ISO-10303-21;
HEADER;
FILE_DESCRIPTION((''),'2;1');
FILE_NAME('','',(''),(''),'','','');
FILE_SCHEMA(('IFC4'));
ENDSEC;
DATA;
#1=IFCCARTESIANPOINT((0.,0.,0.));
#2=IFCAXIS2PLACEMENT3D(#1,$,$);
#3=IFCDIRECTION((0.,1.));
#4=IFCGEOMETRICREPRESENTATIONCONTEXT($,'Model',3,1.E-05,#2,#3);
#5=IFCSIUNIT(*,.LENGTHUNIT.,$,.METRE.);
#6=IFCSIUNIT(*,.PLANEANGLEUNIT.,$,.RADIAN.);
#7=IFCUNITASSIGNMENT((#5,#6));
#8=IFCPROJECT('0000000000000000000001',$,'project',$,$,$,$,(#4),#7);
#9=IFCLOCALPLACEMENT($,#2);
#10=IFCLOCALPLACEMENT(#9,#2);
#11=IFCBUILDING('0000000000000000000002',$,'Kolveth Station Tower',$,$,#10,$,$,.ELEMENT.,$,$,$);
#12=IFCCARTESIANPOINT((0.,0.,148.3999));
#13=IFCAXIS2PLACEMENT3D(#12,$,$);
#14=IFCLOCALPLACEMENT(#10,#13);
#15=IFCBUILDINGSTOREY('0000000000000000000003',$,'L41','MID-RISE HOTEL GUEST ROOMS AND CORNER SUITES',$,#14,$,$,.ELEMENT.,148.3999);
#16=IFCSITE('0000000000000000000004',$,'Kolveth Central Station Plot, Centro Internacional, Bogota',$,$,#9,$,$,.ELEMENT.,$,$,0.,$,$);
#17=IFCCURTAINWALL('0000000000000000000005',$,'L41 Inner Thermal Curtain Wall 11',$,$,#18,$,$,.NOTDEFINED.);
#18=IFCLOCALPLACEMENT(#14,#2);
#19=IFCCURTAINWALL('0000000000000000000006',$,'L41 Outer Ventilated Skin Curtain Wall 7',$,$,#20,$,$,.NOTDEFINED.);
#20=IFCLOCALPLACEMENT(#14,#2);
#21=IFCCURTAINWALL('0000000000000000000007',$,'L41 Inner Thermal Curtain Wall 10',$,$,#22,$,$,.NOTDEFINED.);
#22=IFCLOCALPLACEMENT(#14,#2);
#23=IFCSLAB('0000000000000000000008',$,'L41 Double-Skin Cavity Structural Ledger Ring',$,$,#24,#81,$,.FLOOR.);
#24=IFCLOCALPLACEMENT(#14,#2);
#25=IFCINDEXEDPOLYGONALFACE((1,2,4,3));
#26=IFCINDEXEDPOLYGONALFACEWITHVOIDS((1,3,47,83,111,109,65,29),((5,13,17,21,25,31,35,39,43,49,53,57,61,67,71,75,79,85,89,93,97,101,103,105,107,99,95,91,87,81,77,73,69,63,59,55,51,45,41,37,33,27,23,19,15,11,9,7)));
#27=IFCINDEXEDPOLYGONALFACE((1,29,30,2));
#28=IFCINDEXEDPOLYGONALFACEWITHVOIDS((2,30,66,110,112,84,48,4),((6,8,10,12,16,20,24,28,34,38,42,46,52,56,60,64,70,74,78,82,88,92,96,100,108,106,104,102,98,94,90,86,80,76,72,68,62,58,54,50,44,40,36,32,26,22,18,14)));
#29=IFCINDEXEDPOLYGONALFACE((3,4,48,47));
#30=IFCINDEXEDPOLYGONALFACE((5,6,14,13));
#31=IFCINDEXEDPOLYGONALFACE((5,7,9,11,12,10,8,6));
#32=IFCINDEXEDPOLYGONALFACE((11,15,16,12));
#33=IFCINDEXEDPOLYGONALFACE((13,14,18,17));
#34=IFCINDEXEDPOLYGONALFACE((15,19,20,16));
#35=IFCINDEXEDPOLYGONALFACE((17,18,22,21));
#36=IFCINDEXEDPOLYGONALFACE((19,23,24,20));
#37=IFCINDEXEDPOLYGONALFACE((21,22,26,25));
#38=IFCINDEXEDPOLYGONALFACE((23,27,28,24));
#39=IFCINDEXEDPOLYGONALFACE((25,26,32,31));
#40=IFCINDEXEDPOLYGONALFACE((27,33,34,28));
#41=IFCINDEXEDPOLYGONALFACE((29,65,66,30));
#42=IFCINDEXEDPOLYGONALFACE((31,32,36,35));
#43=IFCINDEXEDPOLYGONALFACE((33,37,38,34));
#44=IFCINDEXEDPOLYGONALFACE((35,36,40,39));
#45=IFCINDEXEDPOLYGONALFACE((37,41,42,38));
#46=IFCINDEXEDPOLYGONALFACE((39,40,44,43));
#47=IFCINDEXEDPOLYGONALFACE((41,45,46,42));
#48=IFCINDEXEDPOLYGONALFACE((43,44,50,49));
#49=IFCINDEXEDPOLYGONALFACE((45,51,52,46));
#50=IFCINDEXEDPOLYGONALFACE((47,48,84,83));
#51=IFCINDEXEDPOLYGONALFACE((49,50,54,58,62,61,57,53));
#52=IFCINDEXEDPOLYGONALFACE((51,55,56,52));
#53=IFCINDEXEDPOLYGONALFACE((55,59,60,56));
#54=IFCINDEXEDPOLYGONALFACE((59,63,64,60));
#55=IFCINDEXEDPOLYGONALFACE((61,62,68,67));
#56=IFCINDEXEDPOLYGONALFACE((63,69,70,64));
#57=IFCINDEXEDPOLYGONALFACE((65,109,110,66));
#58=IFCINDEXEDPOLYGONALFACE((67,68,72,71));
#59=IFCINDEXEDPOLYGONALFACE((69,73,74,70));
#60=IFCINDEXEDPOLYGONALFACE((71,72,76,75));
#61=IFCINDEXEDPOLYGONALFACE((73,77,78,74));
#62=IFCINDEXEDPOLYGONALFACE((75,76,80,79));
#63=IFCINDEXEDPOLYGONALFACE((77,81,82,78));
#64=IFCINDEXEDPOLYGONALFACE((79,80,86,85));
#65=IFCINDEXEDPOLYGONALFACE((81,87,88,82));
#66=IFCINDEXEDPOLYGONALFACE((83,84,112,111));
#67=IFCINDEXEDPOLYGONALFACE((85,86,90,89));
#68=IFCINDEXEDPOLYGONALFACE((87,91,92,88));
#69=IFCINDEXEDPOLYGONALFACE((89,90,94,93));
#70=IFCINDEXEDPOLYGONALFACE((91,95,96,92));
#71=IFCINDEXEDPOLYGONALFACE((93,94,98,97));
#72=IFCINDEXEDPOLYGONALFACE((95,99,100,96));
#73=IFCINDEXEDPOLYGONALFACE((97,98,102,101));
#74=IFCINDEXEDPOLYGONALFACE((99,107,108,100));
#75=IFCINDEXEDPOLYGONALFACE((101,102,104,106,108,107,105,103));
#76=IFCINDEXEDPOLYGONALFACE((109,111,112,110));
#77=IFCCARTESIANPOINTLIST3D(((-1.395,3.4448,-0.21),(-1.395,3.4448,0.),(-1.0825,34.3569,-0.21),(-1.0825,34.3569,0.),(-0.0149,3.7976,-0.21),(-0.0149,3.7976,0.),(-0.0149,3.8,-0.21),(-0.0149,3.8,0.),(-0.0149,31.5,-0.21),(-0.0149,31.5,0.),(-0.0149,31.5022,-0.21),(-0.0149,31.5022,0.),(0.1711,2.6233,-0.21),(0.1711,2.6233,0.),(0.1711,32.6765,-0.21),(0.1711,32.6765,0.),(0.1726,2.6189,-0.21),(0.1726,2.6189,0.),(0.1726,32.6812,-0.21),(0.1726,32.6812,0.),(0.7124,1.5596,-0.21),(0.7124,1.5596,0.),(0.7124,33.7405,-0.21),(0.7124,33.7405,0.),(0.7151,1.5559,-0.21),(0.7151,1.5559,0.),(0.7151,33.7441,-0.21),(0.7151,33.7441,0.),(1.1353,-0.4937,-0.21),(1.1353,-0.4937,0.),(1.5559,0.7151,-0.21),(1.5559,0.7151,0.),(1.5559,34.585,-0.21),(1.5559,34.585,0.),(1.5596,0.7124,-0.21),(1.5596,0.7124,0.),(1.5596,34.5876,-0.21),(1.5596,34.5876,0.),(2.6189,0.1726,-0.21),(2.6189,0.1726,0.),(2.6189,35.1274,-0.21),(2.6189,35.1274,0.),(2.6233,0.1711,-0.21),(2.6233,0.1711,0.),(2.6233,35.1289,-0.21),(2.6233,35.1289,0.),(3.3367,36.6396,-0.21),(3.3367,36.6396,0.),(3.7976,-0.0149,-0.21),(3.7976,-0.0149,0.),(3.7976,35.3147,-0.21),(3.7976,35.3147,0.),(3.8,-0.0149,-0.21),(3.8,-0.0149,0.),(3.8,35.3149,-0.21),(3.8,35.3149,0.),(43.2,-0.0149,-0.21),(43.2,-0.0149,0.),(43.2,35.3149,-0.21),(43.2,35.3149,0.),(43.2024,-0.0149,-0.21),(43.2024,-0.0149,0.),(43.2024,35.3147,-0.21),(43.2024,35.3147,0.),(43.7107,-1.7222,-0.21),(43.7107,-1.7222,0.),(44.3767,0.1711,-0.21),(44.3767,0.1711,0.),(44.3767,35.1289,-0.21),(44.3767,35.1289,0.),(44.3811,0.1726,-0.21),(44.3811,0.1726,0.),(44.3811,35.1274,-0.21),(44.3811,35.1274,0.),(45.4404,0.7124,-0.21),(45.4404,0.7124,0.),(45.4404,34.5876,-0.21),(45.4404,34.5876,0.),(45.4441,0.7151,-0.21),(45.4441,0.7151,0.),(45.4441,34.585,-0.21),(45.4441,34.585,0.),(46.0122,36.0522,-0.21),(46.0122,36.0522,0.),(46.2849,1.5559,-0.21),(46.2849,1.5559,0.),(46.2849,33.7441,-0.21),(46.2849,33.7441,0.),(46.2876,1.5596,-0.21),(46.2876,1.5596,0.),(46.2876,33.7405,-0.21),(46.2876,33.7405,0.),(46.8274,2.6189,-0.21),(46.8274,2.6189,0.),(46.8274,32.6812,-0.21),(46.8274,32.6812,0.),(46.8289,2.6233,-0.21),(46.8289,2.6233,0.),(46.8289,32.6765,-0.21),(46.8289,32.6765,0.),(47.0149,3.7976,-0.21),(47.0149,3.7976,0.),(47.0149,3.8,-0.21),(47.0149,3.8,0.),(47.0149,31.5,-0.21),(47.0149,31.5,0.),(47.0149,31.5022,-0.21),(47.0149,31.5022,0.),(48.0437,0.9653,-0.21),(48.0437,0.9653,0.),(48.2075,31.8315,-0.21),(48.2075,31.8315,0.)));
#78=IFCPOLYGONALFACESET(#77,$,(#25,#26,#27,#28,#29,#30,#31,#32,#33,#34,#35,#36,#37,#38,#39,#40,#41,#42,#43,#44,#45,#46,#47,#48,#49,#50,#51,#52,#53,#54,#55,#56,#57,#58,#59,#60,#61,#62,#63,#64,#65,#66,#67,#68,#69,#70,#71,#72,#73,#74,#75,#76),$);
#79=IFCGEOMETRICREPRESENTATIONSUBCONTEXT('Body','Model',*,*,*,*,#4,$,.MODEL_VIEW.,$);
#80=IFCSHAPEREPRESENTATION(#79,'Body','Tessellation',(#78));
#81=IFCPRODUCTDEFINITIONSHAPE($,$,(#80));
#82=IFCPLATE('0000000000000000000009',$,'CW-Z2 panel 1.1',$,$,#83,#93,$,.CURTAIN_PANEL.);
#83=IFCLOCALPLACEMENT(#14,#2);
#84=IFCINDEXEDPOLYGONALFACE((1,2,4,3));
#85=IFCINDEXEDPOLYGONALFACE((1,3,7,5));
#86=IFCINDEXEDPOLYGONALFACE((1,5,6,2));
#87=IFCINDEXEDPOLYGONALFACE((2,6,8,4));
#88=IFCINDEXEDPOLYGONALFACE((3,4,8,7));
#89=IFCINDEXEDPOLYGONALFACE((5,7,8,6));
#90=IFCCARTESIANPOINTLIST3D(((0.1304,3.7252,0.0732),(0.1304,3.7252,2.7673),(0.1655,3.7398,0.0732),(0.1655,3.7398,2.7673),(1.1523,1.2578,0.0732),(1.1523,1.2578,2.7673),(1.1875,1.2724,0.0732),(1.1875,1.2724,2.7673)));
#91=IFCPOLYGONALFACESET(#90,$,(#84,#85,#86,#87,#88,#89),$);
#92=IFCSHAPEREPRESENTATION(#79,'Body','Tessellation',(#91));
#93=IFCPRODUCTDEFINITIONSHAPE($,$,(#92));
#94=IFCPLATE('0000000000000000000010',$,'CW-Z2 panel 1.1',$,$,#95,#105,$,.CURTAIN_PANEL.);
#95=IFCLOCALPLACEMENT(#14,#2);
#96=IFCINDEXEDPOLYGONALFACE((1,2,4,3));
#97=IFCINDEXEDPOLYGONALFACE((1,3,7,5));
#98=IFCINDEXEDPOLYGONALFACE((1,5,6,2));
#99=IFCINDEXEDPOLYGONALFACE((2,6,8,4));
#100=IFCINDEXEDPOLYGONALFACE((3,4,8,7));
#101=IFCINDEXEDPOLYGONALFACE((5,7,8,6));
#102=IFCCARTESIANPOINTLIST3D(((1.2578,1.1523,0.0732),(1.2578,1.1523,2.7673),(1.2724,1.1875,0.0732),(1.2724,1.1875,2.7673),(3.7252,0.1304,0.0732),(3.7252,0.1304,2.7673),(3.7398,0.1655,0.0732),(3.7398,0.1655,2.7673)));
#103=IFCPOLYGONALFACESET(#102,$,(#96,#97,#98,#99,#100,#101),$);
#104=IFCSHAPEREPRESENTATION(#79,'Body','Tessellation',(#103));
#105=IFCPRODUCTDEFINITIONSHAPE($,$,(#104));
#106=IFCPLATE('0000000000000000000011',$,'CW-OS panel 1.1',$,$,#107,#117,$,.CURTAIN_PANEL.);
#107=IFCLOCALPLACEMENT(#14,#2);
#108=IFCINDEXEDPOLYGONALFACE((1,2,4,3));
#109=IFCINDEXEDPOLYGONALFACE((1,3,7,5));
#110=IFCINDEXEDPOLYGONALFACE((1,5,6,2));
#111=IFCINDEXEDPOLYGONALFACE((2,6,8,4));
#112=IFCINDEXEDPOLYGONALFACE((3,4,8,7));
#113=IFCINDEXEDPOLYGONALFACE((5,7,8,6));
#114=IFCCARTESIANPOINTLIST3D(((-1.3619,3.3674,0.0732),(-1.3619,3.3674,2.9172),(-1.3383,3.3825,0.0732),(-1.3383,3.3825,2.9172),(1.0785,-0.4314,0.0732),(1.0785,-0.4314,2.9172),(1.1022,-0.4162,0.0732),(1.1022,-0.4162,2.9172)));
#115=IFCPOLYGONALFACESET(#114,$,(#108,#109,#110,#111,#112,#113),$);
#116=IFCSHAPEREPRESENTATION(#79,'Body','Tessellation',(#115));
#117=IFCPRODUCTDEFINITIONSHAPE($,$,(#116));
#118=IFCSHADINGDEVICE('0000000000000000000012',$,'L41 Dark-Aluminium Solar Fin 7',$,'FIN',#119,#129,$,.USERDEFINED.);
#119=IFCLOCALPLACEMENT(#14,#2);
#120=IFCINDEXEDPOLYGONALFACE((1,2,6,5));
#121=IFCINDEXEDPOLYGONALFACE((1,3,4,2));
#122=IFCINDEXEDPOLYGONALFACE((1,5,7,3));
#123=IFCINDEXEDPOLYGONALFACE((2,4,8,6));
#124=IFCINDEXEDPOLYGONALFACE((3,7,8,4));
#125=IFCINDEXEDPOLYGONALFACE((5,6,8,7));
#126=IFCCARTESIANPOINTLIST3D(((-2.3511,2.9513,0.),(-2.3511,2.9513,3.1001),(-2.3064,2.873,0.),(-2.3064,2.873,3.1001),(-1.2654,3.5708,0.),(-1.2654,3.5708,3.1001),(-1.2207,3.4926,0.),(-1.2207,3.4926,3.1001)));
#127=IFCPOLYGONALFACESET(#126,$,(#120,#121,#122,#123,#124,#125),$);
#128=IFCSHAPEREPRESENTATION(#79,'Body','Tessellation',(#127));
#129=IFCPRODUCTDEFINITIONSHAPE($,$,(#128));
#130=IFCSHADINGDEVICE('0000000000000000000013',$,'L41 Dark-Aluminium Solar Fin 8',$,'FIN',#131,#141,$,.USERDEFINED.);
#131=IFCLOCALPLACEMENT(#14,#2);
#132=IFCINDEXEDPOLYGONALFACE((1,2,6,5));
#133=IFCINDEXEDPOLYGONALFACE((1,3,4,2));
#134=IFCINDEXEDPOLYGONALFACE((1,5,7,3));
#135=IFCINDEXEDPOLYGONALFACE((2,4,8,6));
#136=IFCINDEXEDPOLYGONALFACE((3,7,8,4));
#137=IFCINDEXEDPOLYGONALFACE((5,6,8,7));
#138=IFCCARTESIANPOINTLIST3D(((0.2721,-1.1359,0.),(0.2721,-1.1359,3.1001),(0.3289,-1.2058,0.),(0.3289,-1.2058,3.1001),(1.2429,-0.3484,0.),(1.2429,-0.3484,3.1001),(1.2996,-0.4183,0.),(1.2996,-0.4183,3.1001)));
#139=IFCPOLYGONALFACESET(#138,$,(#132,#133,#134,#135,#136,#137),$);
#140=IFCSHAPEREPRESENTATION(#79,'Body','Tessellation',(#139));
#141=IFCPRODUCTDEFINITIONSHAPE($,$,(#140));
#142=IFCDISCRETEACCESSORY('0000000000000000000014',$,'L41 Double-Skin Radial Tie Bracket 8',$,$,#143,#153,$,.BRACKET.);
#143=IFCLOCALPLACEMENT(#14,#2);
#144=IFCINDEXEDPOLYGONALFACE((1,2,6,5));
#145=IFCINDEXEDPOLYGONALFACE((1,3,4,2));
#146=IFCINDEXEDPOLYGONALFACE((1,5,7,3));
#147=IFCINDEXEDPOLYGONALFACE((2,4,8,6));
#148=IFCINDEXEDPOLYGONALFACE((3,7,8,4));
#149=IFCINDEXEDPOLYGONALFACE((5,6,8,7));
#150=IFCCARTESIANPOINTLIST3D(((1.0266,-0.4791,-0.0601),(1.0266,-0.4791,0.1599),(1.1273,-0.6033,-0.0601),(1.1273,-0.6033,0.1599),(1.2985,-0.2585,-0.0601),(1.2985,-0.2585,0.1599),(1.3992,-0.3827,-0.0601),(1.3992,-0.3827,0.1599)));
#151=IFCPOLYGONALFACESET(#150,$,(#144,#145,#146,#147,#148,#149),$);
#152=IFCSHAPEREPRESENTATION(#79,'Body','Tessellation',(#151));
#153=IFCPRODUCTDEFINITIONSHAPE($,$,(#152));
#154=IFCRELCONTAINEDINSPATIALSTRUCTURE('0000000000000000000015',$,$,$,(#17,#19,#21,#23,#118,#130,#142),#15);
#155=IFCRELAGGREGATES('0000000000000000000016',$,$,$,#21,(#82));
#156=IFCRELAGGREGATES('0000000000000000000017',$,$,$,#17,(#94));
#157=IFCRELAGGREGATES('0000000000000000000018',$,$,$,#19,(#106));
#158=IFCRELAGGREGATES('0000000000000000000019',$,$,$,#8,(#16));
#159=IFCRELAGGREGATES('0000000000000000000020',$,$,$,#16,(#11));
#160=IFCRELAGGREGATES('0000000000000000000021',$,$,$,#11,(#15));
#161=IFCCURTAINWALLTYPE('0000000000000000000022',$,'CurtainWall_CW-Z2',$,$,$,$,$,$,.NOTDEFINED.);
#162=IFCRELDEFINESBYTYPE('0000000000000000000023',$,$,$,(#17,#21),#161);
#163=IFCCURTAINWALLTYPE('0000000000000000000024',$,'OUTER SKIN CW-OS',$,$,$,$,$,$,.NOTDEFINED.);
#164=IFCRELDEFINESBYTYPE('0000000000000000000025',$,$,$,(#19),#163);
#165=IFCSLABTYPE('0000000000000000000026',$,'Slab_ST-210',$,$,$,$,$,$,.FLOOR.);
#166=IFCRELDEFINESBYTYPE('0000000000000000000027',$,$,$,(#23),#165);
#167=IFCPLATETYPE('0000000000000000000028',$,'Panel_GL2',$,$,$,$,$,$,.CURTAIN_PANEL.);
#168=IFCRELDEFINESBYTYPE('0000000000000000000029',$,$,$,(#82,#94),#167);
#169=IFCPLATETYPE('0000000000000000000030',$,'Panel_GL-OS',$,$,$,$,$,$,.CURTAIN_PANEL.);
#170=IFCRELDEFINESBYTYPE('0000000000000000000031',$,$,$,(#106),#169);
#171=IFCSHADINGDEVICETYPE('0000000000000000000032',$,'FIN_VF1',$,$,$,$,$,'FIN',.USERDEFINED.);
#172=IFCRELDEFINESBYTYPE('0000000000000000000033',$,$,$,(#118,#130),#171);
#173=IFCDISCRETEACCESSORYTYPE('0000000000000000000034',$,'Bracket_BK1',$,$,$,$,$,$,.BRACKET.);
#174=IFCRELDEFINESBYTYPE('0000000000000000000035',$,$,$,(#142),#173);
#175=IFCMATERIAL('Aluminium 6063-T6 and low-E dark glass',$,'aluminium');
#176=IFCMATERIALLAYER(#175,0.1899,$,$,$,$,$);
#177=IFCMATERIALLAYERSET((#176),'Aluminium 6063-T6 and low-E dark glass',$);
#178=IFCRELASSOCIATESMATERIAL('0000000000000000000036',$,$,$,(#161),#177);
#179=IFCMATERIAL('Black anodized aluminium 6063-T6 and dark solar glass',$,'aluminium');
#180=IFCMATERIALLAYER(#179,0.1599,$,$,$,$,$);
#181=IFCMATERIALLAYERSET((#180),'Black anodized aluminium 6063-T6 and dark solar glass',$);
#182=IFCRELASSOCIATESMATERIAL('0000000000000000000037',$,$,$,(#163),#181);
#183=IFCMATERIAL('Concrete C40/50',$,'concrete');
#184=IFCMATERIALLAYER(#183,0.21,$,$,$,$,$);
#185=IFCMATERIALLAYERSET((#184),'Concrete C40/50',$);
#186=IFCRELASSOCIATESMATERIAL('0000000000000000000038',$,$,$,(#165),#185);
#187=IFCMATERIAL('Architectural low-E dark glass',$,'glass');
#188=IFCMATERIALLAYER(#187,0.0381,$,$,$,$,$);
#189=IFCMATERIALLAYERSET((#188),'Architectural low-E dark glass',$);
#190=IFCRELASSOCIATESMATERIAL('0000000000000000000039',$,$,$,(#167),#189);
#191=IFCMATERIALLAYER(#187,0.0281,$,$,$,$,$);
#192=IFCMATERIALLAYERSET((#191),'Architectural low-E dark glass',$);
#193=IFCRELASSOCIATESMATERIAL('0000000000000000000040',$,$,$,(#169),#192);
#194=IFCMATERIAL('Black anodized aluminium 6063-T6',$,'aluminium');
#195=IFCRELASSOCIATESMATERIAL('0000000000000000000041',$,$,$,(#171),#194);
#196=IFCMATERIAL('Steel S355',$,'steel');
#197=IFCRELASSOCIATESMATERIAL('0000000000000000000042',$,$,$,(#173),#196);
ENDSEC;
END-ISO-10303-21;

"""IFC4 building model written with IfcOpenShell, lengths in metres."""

from ifc_helpers import new_model, si_unit, direction, frame, origin, origin_2d, place, context, subcontext, project, spatial, polyline, rectangle, outline, extrude, source, transform, mapped, material, layer, layer_set, type_object, element, aggregate, save


model = new_model("IFC4")

# Units and contexts
model_context = context("Model", 3, precision=1e-05, world=origin(), true_north=direction((0.0, 1.0)))
body_context = subcontext(model_context, "Body", "Model", "MODEL_VIEW")
ifc_project = project(units=[si_unit("LENGTHUNIT", "METRE"), si_unit("PLANEANGLEUNIT", "RADIAN")], contexts=[model_context])

# Site, building, storey
site_placement = place(None, origin())
site = spatial("IfcSite", under=ifc_project, at=site_placement, Name="Kolveth Central Station Plot, Centro Internacional, Bogota", CompositionType="ELEMENT", RefElevation=0.0)
building_placement = place(site_placement, origin())
building = spatial("IfcBuilding", under=site, at=building_placement, Name="Kolveth Station Tower", CompositionType="ELEMENT")
storey_placement = place(building_placement, frame((0.0, 0.0, 148.3999)))
storey = spatial("IfcBuildingStorey", under=building, at=storey_placement, Name="L41", Description="MID-RISE HOTEL GUEST ROOMS AND CORNER SUITES", CompositionType="ELEMENT", Elevation=148.3999)

# Curtain wall
ifc_material_1 = material(Name="Aluminium 6063-T6 and low-E dark glass", Category="aluminium")
ifc_layer_1 = layer(ifc_material_1, 0.1899)
ifc_layer_set_1 = layer_set([ifc_layer_1], Name="Aluminium 6063-T6 and low-E dark glass")
curtain_wall_type_1 = type_object("IfcCurtainWallType", Name="CurtainWall_CW-Z2", PredefinedType="NOTDEFINED", material=ifc_layer_set_1)
curtain_wall_1_placement = place(storey_placement, origin())
curtain_wall_1 = element("IfcCurtainWall", 1, at=curtain_wall_1_placement, inside=storey, type_object=curtain_wall_type_1, Name="L41 Inner Thermal Curtain Wall 11", PredefinedType="NOTDEFINED")
ifc_material_2 = material(Name="Black anodized aluminium 6063-T6", Category="aluminium")

# Curtain walls
ifc_material_3 = material(Name="Black anodized aluminium 6063-T6 and dark solar glass", Category="aluminium")
ifc_layer_2 = layer(ifc_material_3, 0.1599)
ifc_layer_set_2 = layer_set([ifc_layer_2], Name="Black anodized aluminium 6063-T6 and dark solar glass")
curtain_wall_type_2 = type_object("IfcCurtainWallType", Name="OUTER SKIN CW-OS", PredefinedType="NOTDEFINED", material=ifc_layer_set_2)
curtain_wall_2_placement = place(storey_placement, origin())
curtain_wall_2 = element("IfcCurtainWall", 2, at=curtain_wall_2_placement, inside=storey, type_object=curtain_wall_type_2, Name="L41 Outer Ventilated Skin Curtain Wall 7", PredefinedType="NOTDEFINED")
curtain_wall_3_placement = place(storey_placement, origin())
curtain_wall_3 = element("IfcCurtainWall", 3, at=curtain_wall_3_placement, inside=storey, type_object=curtain_wall_type_1, Name="L41 Inner Thermal Curtain Wall 10", PredefinedType="NOTDEFINED")

# Shared definitions
ifc_material_4 = material(Name="Concrete C40/50", Category="concrete")

# Slab
ifc_layer_3 = layer(ifc_material_4, 0.21)
ifc_layer_set_3 = layer_set([ifc_layer_3], Name="Concrete C40/50")
slab_type_1 = type_object("IfcSlabType", Name="Slab_ST-210", PredefinedType="FLOOR", material=ifc_layer_set_3)
slab_1_placement = place(storey_placement, frame((0.0, 0.0, -0.21)))
element("IfcSlab", 4, at=slab_1_placement, inside=storey, type_object=slab_type_1, Name="L41 Double-Skin Cavity Structural Ledger Ring", PredefinedType="FLOOR", context=body_context, shape_type="SweptSolid", body=[
    extrude(outline(polyline([(1.1353, -0.4937), (-1.395, 3.4448), (-1.0825, 34.3569), (3.3367, 36.6396), (46.0122, 36.0522), (48.2075, 31.8315), (48.0437, 0.9653), (43.7107, -1.7222), (1.1353, -0.4937)]), holes=[polyline([(43.2024, -0.0149), (44.3767, 0.1711), (44.3811, 0.1726), (45.4404, 0.7124), (45.4441, 0.7151), (46.2849, 1.5559), (46.2876, 1.5596), (46.8274, 2.6189), (46.8289, 2.6233), (47.0149, 3.7976), (47.0149, 3.8), (47.0149, 31.5), (47.0149, 31.5022), (46.8289, 32.6765), (46.8274, 32.6812), (46.2876, 33.7405), (46.2849, 33.7441), (45.4441, 34.585), (45.4404, 34.5876), (44.3811, 35.1274), (44.3767, 35.1289), (43.2024, 35.3147), (43.2, 35.3149), (3.8, 35.3149), (3.7976, 35.3147), (2.6233, 35.1289), (2.6189, 35.1274), (1.5596, 34.5876), (1.5559, 34.585), (0.7151, 33.7441), (0.7124, 33.7405), (0.1726, 32.6812), (0.1711, 32.6765), (-0.0149, 31.5022), (-0.0149, 31.5), (-0.0149, 3.8), (-0.0149, 3.7976), (0.1711, 2.6233), (0.1726, 2.6189), (0.7124, 1.5596), (0.7151, 1.5559), (1.5559, 0.7151), (1.5596, 0.7124), (2.6189, 0.1726), (2.6233, 0.1711), (3.7976, -0.0149), (3.8, -0.0149), (43.2, -0.0149), (43.2024, -0.0149)])]), origin(), (0.0, 0.0, 1.0), 0.21),
])

# Plates
ifc_material_5 = material(Name="Architectural low-E dark glass", Category="glass")
ifc_layer_4 = layer(ifc_material_5, 0.0381)
ifc_layer_set_4 = layer_set([ifc_layer_4], Name="Architectural low-E dark glass")
plate_type_1 = type_object("IfcPlateType", Name="Panel_GL2", PredefinedType="CURTAIN_PANEL", material=ifc_layer_set_4)
shared_shape_1 = source(origin(), body_context, "Body", "SweptSolid", [
    extrude(rectangle(XDim=2.6707, YDim=0.0381, at=origin_2d()), origin(), (0.0, 0.0, 1.0), 2.6941),
])
plate_1_placement = place(storey_placement, frame((0.6589, 2.4988, 0.0732), z_axis=(0.0, 0.0, 1.0), x_axis=(0.382663, -0.923888, 0.0)))
plate_1 = element("IfcPlate", 5, at=plate_1_placement, type_object=plate_type_1, Name="CW-Z2 panel 1.1", PredefinedType="CURTAIN_PANEL", context=body_context, shape_type="MappedRepresentation", body=[
    mapped(shared_shape_1, transform((0.0, 0.0, 0.0), x_axis=(1.0, 0.0, 0.0), y_axis=(0.0, 1.0, 0.0), z_axis=(0.0, 0.0, 1.0), scale=1.0)),
])
aggregate(curtain_wall_3, [plate_1])
plate_2_placement = place(storey_placement, frame((2.4988, 0.6589, 0.0732), z_axis=(0.0, 0.0, 1.0), x_axis=(0.923888, -0.382663, 0.0)))
plate_2 = element("IfcPlate", 6, at=plate_2_placement, type_object=plate_type_1, Name="CW-Z2 panel 1.1", PredefinedType="CURTAIN_PANEL", context=body_context, shape_type="MappedRepresentation", body=[
    mapped(shared_shape_1, transform((0.0, 0.0, 0.0), x_axis=(1.0, 0.0, 0.0), y_axis=(0.0, 1.0, 0.0), z_axis=(0.0, 0.0, 1.0), scale=1.0)),
])
aggregate(curtain_wall_1, [plate_2])
ifc_layer_5 = layer(ifc_material_5, 0.0281)
ifc_layer_set_5 = layer_set([ifc_layer_5], Name="Architectural low-E dark glass")
plate_type_2 = type_object("IfcPlateType", Name="Panel_GL-OS", PredefinedType="CURTAIN_PANEL", material=ifc_layer_set_5)
shared_shape_2 = source(origin(), body_context, "Body", "SweptSolid", [
    extrude(rectangle(XDim=4.5151, YDim=0.0281, at=origin_2d()), origin(), (0.0, 0.0, 1.0), 2.844),
])
plate_3_placement = place(storey_placement, frame((-0.1299, 1.4756, 0.0732), z_axis=(0.0, 0.0, 1.0), x_axis=(0.540511, -0.841337, 0.0)))
plate_3 = element("IfcPlate", 7, at=plate_3_placement, type_object=plate_type_2, Name="CW-OS panel 1.1", PredefinedType="CURTAIN_PANEL", context=body_context, shape_type="MappedRepresentation", body=[
    mapped(shared_shape_2, transform((0.0, 0.0, 0.0), x_axis=(1.0, 0.0, 0.0), y_axis=(0.0, 1.0, 0.0), z_axis=(0.0, 0.0, 1.0), scale=1.0)),
])
aggregate(curtain_wall_2, [plate_3])

# Shading devices
shading_device_type = type_object("IfcShadingDeviceType", Name="FIN_VF1", ElementType="FIN", PredefinedType="USERDEFINED", material=ifc_material_2)
shared_shape_3 = source(origin(), body_context, "Body", "SweptSolid", [
    extrude(rectangle(XDim=1.25, YDim=0.0901, at=origin_2d()), origin(), (0.0, 0.0, 1.0), 3.1001),
])
for number, where, z_axis, x_axis, name in (
    (8, (-1.7859, 3.2219, 0.0), (0.0, 0.0, 1.0), (-0.868545, -0.49561, 0.0), "L41 Dark-Aluminium Solar Fin 7"),
    (9, (0.7859, -0.7771, 0.0), (0.0, 0.0, 1.0), (-0.776596, -0.629998, 0.0), "L41 Dark-Aluminium Solar Fin 8"),
):
    element("IfcShadingDevice", number, at=place(storey_placement, frame(where, z_axis=z_axis, x_axis=x_axis)), inside=storey, type_object=shading_device_type, Name=name, ObjectType="FIN", PredefinedType="USERDEFINED", context=body_context, shape_type="MappedRepresentation", body=[
        mapped(shared_shape_3, transform((0.0, 0.0, 0.0), x_axis=(1.0, 0.0, 0.0), y_axis=(0.0, 1.0, 0.0), z_axis=(0.0, 0.0, 1.0), scale=1.0)),
    ])

# Discrete accessory
ifc_material_6 = material(Name="Steel S355", Category="steel")
discrete_accessory_type = type_object("IfcDiscreteAccessoryType", Name="Bracket_BK1", PredefinedType="BRACKET", material=ifc_material_6)
shared_shape_4 = source(origin(), body_context, "Body", "SweptSolid", [
    extrude(rectangle(XDim=0.3501, YDim=0.1599, at=origin_2d()), origin(), (0.0, 0.0, 1.0), 0.22),
])
discrete_accessory_placement = place(storey_placement, frame((1.2129, -0.4309, -0.0601), z_axis=(0.0, 0.0, 1.0), x_axis=(-0.776596, -0.629998, 0.0)))
element("IfcDiscreteAccessory", 10, at=discrete_accessory_placement, inside=storey, type_object=discrete_accessory_type, Name="L41 Double-Skin Radial Tie Bracket 8", PredefinedType="BRACKET", context=body_context, shape_type="MappedRepresentation", body=[
    mapped(shared_shape_4, transform((0.0, 0.0, 0.0), x_axis=(1.0, 0.0, 0.0), y_axis=(0.0, 1.0, 0.0), z_axis=(0.0, 0.0, 1.0), scale=1.0)),
])

save(model, "model.ifc")
